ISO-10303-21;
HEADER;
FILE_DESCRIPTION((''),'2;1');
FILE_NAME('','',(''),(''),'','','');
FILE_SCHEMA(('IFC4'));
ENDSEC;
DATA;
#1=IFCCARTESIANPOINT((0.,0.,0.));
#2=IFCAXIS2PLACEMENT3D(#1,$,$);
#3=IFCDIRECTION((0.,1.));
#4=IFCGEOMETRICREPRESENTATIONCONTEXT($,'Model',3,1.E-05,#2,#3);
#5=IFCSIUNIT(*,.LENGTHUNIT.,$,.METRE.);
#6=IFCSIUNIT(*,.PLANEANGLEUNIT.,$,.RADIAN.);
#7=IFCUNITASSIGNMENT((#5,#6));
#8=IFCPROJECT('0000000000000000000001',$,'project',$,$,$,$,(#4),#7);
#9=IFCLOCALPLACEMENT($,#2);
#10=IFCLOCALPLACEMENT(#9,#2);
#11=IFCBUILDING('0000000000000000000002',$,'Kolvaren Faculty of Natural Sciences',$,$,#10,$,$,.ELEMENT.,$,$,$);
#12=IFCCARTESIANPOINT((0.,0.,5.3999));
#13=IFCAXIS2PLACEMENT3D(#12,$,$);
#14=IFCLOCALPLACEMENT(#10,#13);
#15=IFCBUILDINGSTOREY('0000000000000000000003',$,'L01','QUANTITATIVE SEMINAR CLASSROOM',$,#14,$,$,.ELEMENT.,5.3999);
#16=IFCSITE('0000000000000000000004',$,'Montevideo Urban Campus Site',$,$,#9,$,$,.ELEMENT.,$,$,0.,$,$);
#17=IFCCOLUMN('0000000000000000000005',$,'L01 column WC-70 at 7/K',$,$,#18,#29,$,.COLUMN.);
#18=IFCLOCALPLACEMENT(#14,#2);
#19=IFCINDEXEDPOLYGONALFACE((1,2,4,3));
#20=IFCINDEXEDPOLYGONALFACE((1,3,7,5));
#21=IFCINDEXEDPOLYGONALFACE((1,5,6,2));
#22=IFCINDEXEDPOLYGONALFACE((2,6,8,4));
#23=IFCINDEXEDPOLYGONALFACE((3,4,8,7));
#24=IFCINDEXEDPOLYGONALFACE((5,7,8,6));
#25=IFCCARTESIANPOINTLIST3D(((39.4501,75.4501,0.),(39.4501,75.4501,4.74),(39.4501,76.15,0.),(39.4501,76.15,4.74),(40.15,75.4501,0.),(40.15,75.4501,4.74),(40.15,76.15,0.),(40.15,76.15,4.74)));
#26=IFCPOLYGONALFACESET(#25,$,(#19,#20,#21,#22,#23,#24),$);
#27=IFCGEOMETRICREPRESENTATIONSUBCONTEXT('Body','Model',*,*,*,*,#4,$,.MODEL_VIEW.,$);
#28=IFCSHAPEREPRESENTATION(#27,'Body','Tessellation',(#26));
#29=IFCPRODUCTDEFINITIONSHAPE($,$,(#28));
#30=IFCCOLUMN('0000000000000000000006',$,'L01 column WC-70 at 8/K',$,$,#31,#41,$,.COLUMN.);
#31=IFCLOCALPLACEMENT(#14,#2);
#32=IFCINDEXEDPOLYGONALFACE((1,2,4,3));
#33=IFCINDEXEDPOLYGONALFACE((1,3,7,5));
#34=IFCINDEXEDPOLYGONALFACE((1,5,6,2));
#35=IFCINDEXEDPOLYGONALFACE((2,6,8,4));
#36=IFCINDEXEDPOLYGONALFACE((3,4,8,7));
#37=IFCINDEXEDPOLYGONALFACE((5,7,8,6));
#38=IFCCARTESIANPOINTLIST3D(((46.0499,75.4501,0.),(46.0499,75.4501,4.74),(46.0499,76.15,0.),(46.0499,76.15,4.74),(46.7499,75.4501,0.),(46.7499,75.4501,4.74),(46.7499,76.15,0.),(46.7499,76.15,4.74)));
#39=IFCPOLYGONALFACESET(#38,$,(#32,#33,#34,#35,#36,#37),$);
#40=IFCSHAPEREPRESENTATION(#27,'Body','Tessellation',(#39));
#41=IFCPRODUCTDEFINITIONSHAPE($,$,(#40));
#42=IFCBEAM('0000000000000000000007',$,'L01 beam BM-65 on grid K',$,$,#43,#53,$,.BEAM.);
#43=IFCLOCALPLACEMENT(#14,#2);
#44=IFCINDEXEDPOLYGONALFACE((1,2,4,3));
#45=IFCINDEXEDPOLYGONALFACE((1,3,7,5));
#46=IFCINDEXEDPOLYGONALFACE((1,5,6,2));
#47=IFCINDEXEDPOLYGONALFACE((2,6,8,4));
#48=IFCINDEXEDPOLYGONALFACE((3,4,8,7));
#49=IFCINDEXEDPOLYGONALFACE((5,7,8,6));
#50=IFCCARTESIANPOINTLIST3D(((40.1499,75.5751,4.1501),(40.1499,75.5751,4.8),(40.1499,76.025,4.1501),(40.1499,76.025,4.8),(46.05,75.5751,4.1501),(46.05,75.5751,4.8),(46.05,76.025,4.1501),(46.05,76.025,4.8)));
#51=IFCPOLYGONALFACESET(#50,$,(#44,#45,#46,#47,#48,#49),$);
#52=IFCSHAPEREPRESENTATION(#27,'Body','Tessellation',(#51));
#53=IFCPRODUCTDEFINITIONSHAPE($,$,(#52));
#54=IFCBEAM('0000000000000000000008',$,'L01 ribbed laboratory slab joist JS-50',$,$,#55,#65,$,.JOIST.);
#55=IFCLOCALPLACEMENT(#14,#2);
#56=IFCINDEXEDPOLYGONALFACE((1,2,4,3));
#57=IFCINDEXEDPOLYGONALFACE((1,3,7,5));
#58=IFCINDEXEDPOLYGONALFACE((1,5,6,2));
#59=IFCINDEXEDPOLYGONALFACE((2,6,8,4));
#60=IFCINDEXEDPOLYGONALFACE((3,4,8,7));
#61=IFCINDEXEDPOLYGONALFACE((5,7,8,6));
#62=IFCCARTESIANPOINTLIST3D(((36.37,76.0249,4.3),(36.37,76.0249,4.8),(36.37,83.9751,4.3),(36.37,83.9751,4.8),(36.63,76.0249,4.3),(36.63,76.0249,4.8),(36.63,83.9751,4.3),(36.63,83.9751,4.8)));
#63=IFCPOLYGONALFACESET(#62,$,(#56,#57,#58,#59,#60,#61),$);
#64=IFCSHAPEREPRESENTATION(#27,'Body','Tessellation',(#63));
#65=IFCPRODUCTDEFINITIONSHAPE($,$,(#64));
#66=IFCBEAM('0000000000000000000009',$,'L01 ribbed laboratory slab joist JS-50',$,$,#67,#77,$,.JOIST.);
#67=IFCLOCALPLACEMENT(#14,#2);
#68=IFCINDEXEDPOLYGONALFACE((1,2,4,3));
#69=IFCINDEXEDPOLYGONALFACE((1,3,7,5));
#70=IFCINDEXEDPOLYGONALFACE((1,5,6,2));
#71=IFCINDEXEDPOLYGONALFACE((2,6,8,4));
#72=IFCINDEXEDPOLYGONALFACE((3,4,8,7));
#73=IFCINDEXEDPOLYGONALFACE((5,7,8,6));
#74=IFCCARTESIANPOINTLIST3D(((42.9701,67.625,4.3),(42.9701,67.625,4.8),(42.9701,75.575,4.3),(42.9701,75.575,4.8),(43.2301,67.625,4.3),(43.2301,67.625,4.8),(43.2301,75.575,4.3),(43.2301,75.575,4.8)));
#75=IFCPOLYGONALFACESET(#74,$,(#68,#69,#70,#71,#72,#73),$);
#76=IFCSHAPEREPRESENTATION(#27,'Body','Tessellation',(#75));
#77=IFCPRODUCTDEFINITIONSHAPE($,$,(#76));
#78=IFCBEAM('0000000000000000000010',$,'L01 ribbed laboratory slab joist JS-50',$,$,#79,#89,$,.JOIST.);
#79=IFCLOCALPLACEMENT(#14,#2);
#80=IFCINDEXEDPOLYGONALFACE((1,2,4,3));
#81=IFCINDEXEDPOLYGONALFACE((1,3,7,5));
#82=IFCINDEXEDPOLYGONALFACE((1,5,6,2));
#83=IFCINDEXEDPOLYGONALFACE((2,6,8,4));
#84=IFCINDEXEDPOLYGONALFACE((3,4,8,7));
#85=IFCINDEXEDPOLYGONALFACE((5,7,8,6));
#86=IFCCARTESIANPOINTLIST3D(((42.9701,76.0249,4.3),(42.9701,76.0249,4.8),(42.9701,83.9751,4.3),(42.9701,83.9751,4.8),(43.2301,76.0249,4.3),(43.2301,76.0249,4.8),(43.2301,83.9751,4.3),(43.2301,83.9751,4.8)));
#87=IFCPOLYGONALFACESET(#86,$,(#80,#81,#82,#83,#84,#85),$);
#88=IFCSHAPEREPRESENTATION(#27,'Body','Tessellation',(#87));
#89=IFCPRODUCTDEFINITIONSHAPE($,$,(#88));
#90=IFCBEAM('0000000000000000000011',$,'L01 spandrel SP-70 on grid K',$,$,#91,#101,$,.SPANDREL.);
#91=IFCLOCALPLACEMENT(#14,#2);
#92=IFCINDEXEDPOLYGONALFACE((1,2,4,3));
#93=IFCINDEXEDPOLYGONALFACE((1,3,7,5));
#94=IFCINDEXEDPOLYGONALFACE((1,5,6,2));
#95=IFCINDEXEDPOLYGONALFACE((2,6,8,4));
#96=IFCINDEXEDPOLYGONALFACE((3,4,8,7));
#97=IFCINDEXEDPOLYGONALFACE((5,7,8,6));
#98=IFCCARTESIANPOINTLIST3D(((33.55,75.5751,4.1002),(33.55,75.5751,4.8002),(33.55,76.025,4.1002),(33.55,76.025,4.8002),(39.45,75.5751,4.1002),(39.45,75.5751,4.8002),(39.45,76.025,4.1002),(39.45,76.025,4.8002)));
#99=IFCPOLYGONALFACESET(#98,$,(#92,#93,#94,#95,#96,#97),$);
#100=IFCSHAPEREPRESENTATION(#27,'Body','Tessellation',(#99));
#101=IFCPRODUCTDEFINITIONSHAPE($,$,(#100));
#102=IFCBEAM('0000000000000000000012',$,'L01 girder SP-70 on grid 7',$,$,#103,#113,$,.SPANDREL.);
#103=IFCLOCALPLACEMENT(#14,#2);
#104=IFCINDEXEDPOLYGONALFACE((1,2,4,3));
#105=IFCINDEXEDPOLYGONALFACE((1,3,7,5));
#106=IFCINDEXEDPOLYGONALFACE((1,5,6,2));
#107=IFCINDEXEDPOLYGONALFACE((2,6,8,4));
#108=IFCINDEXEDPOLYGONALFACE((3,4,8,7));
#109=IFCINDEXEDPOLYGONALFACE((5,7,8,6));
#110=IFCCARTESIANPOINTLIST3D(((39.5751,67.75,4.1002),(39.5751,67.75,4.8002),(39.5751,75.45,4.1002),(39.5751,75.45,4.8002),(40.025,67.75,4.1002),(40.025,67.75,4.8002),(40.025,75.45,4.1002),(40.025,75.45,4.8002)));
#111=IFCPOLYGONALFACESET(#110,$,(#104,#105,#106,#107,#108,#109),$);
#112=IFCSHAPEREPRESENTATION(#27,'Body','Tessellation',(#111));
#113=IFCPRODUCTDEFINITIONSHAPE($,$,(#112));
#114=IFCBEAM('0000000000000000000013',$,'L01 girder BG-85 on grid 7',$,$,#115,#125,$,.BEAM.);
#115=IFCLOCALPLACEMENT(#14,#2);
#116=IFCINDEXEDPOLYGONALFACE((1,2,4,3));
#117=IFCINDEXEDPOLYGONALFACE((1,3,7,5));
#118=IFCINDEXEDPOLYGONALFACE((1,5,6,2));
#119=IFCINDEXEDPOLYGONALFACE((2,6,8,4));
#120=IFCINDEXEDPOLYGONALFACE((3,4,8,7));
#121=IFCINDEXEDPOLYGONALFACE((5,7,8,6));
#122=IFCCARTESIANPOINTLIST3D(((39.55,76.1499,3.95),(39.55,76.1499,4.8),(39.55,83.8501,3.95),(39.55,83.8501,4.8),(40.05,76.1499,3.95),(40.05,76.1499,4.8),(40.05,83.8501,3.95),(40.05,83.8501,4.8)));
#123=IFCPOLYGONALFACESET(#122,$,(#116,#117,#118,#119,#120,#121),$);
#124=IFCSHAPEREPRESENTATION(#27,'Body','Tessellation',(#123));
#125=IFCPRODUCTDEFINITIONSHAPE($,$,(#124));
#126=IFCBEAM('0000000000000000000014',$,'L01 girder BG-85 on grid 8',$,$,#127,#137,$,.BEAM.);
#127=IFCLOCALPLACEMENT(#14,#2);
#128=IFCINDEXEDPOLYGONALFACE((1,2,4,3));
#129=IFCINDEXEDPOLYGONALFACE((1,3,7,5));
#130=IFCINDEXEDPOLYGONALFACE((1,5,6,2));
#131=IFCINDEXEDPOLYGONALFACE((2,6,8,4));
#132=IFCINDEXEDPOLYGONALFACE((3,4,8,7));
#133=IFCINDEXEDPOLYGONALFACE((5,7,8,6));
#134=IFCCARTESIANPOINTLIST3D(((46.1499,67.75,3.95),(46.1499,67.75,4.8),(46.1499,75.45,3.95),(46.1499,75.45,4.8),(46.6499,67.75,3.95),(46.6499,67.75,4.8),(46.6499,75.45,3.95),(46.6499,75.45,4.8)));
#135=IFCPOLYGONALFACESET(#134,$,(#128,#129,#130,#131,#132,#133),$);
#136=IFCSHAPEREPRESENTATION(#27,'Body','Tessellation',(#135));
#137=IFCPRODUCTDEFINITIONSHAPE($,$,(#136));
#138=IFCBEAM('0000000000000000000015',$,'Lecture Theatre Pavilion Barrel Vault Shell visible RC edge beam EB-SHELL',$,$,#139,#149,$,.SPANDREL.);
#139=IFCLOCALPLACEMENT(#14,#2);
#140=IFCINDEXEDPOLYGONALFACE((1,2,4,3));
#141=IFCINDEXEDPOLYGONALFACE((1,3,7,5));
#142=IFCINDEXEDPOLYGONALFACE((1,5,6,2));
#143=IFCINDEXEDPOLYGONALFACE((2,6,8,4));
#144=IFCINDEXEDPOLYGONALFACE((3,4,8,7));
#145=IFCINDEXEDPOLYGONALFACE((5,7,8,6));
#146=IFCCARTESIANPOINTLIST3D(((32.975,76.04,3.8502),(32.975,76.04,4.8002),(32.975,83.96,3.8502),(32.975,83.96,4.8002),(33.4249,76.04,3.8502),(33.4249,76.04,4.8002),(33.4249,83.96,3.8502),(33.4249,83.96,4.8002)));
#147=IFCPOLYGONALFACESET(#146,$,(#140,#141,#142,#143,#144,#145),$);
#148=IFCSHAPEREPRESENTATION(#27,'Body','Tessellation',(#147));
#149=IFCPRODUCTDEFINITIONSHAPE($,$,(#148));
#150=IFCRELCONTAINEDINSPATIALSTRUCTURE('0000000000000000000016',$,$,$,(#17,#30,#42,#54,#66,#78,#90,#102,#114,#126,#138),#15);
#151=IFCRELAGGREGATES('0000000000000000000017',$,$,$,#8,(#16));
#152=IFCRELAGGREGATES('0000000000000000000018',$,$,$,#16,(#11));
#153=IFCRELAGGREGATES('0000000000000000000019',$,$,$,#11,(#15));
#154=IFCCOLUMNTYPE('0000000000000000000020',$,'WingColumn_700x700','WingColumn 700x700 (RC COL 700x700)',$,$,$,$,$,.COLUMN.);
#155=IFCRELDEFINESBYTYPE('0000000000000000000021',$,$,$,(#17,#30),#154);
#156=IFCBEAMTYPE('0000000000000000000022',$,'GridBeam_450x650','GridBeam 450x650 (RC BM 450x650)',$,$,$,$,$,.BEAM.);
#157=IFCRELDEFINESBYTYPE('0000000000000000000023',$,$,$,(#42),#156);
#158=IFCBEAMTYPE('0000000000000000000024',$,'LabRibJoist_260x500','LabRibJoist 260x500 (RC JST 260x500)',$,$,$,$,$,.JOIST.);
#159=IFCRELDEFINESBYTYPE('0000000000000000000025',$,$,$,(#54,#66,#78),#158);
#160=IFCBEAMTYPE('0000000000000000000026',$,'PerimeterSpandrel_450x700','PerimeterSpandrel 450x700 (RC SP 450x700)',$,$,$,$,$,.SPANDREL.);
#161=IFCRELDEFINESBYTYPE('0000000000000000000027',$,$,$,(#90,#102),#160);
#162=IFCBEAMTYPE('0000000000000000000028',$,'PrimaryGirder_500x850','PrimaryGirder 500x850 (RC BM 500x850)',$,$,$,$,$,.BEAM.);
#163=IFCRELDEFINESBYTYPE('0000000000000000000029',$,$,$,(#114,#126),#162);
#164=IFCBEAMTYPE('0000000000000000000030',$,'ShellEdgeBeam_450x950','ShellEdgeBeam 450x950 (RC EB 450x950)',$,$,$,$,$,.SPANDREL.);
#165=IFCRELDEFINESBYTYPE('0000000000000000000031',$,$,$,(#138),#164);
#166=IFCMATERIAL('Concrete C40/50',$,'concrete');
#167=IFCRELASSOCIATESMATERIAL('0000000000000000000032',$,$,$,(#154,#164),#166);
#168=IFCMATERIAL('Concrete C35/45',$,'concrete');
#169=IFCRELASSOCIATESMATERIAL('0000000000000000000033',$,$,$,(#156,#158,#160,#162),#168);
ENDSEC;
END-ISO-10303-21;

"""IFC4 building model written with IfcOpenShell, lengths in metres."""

from ifc_helpers import new_model, si_unit, direction, frame, origin, origin_2d, place, context, subcontext, project, spatial, rectangle, extrude, material, material_profile, profile_set, type_object, element, save


model = new_model("IFC4")

# Units and contexts
model_context = context("Model", 3, precision=1e-05, world=origin(), true_north=direction((0.0, 1.0)))
body_context = subcontext(model_context, "Body", "Model", "MODEL_VIEW")
ifc_project = project(units=[si_unit("LENGTHUNIT", "METRE"), si_unit("PLANEANGLEUNIT", "RADIAN")], contexts=[model_context])

# Site, building, storey
site_placement = place(None, origin())
site = spatial("IfcSite", under=ifc_project, at=site_placement, Name="Montevideo Urban Campus Site", CompositionType="ELEMENT", RefElevation=0.0)
building_placement = place(site_placement, origin())
building = spatial("IfcBuilding", under=site, at=building_placement, Name="Kolvaren Faculty of Natural Sciences", CompositionType="ELEMENT")
storey_placement = place(building_placement, frame((0.0, 0.0, 5.3999)))
storey = spatial("IfcBuildingStorey", under=building, at=storey_placement, Name="L01", Description="QUANTITATIVE SEMINAR CLASSROOM", CompositionType="ELEMENT", Elevation=5.3999)

# Columns
ifc_material_1 = material(Name="Concrete C40/50", Category="concrete")
ifc_material_profile_1 = material_profile(ifc_material_1, rectangle(XDim=0.7, YDim=0.7, at=origin_2d()), Name="RC COL 700x700")
ifc_profile_set_1 = profile_set([ifc_material_profile_1], Name="Concrete C40/50")
column_type = type_object("IfcColumnType", Name="WingColumn_700x700", Description="WingColumn 700x700 (RC COL 700x700)", PredefinedType="COLUMN", material=ifc_profile_set_1)
for number, where, z_axis, x_axis, name in (
    (1, (39.8, 75.8, 0.0), (0.0, 0.0, 1.0), (1.0, 0.0, 0.0), "L01 column WC-70 at 7/K"),
    (2, (46.3999, 75.8, 0.0), (0.0, 0.0, 1.0), (1.0, 0.0, 0.0), "L01 column WC-70 at 8/K"),
):
    element("IfcColumn", number, at=place(storey_placement, frame(where, z_axis=z_axis, x_axis=x_axis)), inside=storey, type_object=column_type, Name=name, PredefinedType="COLUMN", context=body_context, shape_type="SweptSolid", body=[
        extrude(rectangle(XDim=0.7, YDim=0.7, at=origin_2d()), origin(), (0.0, 0.0, 1.0), 4.74),
    ])

# Beams
ifc_material_2 = material(Name="Concrete C35/45", Category="concrete")
ifc_material_profile_2 = material_profile(ifc_material_2, rectangle(XDim=0.45, YDim=0.6499, at=origin_2d()), Name="RC BM 450x650")
ifc_profile_set_2 = profile_set([ifc_material_profile_2], Name="Concrete C35/45")
beam_type_1 = type_object("IfcBeamType", Name="GridBeam_450x650", Description="GridBeam 450x650 (RC BM 450x650)", PredefinedType="BEAM", material=ifc_profile_set_2)
beam_1_placement = place(storey_placement, frame((40.1499, 75.8, 4.4751), z_axis=(1.0, 0.0, 0.0), x_axis=(0.0, 1.0, 0.0)))
element("IfcBeam", 3, at=beam_1_placement, inside=storey, type_object=beam_type_1, Name="L01 beam BM-65 on grid K", PredefinedType="BEAM", context=body_context, shape_type="SweptSolid", body=[
    extrude(rectangle(XDim=0.45, YDim=0.6499, at=origin_2d()), origin(), (0.0, 0.0, 1.0), 5.9001),
])
ifc_material_profile_3 = material_profile(ifc_material_2, rectangle(XDim=0.26, YDim=0.5, at=origin_2d()), Name="RC JST 260x500")
ifc_profile_set_3 = profile_set([ifc_material_profile_3], Name="Concrete C35/45")
beam_type_2 = type_object("IfcBeamType", Name="LabRibJoist_260x500", Description="LabRibJoist 260x500 (RC JST 260x500)", PredefinedType="JOIST", material=ifc_profile_set_3)
beam_2_placement = place(storey_placement, frame((36.5, 76.0249, 4.55), z_axis=(0.0, 1.0, 0.0), x_axis=(-1.0, 0.0, 0.0)))
element("IfcBeam", 4, at=beam_2_placement, inside=storey, type_object=beam_type_2, Name="L01 ribbed laboratory slab joist JS-50", PredefinedType="JOIST", context=body_context, shape_type="SweptSolid", body=[
    extrude(rectangle(XDim=0.26, YDim=0.5, at=origin_2d()), origin(), (0.0, 0.0, 1.0), 7.9502),
])
beam_3_placement = place(storey_placement, frame((43.1001, 67.625, 4.55), z_axis=(0.0, 1.0, 0.0), x_axis=(-1.0, 0.0, 0.0)))
element("IfcBeam", 5, at=beam_3_placement, inside=storey, type_object=beam_type_2, Name="L01 ribbed laboratory slab joist JS-50", PredefinedType="JOIST", context=body_context, shape_type="SweptSolid", body=[
    extrude(rectangle(XDim=0.26, YDim=0.5, at=origin_2d()), origin(), (0.0, 0.0, 1.0), 7.95),
])
beam_4_placement = place(storey_placement, frame((43.1001, 76.0249, 4.55), z_axis=(0.0, 1.0, 0.0), x_axis=(-1.0, 0.0, 0.0)))
element("IfcBeam", 6, at=beam_4_placement, inside=storey, type_object=beam_type_2, Name="L01 ribbed laboratory slab joist JS-50", PredefinedType="JOIST", context=body_context, shape_type="SweptSolid", body=[
    extrude(rectangle(XDim=0.26, YDim=0.5, at=origin_2d()), origin(), (0.0, 0.0, 1.0), 7.9502),
])
ifc_material_profile_4 = material_profile(ifc_material_2, rectangle(XDim=0.45, YDim=0.7, at=origin_2d()), Name="RC SP 450x700")
ifc_profile_set_4 = profile_set([ifc_material_profile_4], Name="Concrete C35/45")
beam_type_3 = type_object("IfcBeamType", Name="PerimeterSpandrel_450x700", Description="PerimeterSpandrel 450x700 (RC SP 450x700)", PredefinedType="SPANDREL", material=ifc_profile_set_4)
beam_5_placement = place(storey_placement, frame((33.55, 75.8, 4.4502), z_axis=(1.0, 0.0, 0.0), x_axis=(0.0, 1.0, 0.0)))
element("IfcBeam", 7, at=beam_5_placement, inside=storey, type_object=beam_type_3, Name="L01 spandrel SP-70 on grid K", PredefinedType="SPANDREL", context=body_context, shape_type="SweptSolid", body=[
    extrude(rectangle(XDim=0.45, YDim=0.7, at=origin_2d()), origin(), (0.0, 0.0, 1.0), 5.8999),
])
beam_6_placement = place(storey_placement, frame((39.8, 67.75, 4.4502), z_axis=(0.0, 1.0, 0.0), x_axis=(-1.0, 0.0, 0.0)))
element("IfcBeam", 8, at=beam_6_placement, inside=storey, type_object=beam_type_3, Name="L01 girder SP-70 on grid 7", PredefinedType="SPANDREL", context=body_context, shape_type="SweptSolid", body=[
    extrude(rectangle(XDim=0.45, YDim=0.7, at=origin_2d()), origin(), (0.0, 0.0, 1.0), 7.7),
])
ifc_material_profile_5 = material_profile(ifc_material_2, rectangle(XDim=0.5, YDim=0.8501, at=origin_2d()), Name="RC BM 500x850")
ifc_profile_set_5 = profile_set([ifc_material_profile_5], Name="Concrete C35/45")
beam_type_4 = type_object("IfcBeamType", Name="PrimaryGirder_500x850", Description="PrimaryGirder 500x850 (RC BM 500x850)", PredefinedType="BEAM", material=ifc_profile_set_5)
beam_7_placement = place(storey_placement, frame((39.8, 76.1499, 4.375), z_axis=(0.0, 1.0, 0.0), x_axis=(-1.0, 0.0, 0.0)))
element("IfcBeam", 9, at=beam_7_placement, inside=storey, type_object=beam_type_4, Name="L01 girder BG-85 on grid 7", PredefinedType="BEAM", context=body_context, shape_type="SweptSolid", body=[
    extrude(rectangle(XDim=0.5, YDim=0.8501, at=origin_2d()), origin(), (0.0, 0.0, 1.0), 7.7002),
])
beam_8_placement = place(storey_placement, frame((46.3999, 67.75, 4.375), z_axis=(0.0, 1.0, 0.0), x_axis=(-1.0, 0.0, 0.0)))
element("IfcBeam", 10, at=beam_8_placement, inside=storey, type_object=beam_type_4, Name="L01 girder BG-85 on grid 8", PredefinedType="BEAM", context=body_context, shape_type="SweptSolid", body=[
    extrude(rectangle(XDim=0.5, YDim=0.8501, at=origin_2d()), origin(), (0.0, 0.0, 1.0), 7.7),
])
ifc_material_profile_6 = material_profile(ifc_material_1, rectangle(XDim=0.45, YDim=0.95, at=origin_2d()), Name="RC EB 450x950")
ifc_profile_set_6 = profile_set([ifc_material_profile_6], Name="Concrete C40/50")
beam_type_5 = type_object("IfcBeamType", Name="ShellEdgeBeam_450x950", Description="ShellEdgeBeam 450x950 (RC EB 450x950)", PredefinedType="SPANDREL", material=ifc_profile_set_6)
beam_9_placement = place(storey_placement, frame((33.2, 76.04, 4.3252), z_axis=(0.0, 1.0, 0.0), x_axis=(-1.0, 0.0, 0.0)))
element("IfcBeam", 11, at=beam_9_placement, inside=storey, type_object=beam_type_5, Name="Lecture Theatre Pavilion Barrel Vault Shell visible RC edge beam EB-SHELL", PredefinedType="SPANDREL", context=body_context, shape_type="SweptSolid", body=[
    extrude(rectangle(XDim=0.45, YDim=0.95, at=origin_2d()), origin(), (0.0, 0.0, 1.0), 7.9199),
])

save(model, "model.ifc")
